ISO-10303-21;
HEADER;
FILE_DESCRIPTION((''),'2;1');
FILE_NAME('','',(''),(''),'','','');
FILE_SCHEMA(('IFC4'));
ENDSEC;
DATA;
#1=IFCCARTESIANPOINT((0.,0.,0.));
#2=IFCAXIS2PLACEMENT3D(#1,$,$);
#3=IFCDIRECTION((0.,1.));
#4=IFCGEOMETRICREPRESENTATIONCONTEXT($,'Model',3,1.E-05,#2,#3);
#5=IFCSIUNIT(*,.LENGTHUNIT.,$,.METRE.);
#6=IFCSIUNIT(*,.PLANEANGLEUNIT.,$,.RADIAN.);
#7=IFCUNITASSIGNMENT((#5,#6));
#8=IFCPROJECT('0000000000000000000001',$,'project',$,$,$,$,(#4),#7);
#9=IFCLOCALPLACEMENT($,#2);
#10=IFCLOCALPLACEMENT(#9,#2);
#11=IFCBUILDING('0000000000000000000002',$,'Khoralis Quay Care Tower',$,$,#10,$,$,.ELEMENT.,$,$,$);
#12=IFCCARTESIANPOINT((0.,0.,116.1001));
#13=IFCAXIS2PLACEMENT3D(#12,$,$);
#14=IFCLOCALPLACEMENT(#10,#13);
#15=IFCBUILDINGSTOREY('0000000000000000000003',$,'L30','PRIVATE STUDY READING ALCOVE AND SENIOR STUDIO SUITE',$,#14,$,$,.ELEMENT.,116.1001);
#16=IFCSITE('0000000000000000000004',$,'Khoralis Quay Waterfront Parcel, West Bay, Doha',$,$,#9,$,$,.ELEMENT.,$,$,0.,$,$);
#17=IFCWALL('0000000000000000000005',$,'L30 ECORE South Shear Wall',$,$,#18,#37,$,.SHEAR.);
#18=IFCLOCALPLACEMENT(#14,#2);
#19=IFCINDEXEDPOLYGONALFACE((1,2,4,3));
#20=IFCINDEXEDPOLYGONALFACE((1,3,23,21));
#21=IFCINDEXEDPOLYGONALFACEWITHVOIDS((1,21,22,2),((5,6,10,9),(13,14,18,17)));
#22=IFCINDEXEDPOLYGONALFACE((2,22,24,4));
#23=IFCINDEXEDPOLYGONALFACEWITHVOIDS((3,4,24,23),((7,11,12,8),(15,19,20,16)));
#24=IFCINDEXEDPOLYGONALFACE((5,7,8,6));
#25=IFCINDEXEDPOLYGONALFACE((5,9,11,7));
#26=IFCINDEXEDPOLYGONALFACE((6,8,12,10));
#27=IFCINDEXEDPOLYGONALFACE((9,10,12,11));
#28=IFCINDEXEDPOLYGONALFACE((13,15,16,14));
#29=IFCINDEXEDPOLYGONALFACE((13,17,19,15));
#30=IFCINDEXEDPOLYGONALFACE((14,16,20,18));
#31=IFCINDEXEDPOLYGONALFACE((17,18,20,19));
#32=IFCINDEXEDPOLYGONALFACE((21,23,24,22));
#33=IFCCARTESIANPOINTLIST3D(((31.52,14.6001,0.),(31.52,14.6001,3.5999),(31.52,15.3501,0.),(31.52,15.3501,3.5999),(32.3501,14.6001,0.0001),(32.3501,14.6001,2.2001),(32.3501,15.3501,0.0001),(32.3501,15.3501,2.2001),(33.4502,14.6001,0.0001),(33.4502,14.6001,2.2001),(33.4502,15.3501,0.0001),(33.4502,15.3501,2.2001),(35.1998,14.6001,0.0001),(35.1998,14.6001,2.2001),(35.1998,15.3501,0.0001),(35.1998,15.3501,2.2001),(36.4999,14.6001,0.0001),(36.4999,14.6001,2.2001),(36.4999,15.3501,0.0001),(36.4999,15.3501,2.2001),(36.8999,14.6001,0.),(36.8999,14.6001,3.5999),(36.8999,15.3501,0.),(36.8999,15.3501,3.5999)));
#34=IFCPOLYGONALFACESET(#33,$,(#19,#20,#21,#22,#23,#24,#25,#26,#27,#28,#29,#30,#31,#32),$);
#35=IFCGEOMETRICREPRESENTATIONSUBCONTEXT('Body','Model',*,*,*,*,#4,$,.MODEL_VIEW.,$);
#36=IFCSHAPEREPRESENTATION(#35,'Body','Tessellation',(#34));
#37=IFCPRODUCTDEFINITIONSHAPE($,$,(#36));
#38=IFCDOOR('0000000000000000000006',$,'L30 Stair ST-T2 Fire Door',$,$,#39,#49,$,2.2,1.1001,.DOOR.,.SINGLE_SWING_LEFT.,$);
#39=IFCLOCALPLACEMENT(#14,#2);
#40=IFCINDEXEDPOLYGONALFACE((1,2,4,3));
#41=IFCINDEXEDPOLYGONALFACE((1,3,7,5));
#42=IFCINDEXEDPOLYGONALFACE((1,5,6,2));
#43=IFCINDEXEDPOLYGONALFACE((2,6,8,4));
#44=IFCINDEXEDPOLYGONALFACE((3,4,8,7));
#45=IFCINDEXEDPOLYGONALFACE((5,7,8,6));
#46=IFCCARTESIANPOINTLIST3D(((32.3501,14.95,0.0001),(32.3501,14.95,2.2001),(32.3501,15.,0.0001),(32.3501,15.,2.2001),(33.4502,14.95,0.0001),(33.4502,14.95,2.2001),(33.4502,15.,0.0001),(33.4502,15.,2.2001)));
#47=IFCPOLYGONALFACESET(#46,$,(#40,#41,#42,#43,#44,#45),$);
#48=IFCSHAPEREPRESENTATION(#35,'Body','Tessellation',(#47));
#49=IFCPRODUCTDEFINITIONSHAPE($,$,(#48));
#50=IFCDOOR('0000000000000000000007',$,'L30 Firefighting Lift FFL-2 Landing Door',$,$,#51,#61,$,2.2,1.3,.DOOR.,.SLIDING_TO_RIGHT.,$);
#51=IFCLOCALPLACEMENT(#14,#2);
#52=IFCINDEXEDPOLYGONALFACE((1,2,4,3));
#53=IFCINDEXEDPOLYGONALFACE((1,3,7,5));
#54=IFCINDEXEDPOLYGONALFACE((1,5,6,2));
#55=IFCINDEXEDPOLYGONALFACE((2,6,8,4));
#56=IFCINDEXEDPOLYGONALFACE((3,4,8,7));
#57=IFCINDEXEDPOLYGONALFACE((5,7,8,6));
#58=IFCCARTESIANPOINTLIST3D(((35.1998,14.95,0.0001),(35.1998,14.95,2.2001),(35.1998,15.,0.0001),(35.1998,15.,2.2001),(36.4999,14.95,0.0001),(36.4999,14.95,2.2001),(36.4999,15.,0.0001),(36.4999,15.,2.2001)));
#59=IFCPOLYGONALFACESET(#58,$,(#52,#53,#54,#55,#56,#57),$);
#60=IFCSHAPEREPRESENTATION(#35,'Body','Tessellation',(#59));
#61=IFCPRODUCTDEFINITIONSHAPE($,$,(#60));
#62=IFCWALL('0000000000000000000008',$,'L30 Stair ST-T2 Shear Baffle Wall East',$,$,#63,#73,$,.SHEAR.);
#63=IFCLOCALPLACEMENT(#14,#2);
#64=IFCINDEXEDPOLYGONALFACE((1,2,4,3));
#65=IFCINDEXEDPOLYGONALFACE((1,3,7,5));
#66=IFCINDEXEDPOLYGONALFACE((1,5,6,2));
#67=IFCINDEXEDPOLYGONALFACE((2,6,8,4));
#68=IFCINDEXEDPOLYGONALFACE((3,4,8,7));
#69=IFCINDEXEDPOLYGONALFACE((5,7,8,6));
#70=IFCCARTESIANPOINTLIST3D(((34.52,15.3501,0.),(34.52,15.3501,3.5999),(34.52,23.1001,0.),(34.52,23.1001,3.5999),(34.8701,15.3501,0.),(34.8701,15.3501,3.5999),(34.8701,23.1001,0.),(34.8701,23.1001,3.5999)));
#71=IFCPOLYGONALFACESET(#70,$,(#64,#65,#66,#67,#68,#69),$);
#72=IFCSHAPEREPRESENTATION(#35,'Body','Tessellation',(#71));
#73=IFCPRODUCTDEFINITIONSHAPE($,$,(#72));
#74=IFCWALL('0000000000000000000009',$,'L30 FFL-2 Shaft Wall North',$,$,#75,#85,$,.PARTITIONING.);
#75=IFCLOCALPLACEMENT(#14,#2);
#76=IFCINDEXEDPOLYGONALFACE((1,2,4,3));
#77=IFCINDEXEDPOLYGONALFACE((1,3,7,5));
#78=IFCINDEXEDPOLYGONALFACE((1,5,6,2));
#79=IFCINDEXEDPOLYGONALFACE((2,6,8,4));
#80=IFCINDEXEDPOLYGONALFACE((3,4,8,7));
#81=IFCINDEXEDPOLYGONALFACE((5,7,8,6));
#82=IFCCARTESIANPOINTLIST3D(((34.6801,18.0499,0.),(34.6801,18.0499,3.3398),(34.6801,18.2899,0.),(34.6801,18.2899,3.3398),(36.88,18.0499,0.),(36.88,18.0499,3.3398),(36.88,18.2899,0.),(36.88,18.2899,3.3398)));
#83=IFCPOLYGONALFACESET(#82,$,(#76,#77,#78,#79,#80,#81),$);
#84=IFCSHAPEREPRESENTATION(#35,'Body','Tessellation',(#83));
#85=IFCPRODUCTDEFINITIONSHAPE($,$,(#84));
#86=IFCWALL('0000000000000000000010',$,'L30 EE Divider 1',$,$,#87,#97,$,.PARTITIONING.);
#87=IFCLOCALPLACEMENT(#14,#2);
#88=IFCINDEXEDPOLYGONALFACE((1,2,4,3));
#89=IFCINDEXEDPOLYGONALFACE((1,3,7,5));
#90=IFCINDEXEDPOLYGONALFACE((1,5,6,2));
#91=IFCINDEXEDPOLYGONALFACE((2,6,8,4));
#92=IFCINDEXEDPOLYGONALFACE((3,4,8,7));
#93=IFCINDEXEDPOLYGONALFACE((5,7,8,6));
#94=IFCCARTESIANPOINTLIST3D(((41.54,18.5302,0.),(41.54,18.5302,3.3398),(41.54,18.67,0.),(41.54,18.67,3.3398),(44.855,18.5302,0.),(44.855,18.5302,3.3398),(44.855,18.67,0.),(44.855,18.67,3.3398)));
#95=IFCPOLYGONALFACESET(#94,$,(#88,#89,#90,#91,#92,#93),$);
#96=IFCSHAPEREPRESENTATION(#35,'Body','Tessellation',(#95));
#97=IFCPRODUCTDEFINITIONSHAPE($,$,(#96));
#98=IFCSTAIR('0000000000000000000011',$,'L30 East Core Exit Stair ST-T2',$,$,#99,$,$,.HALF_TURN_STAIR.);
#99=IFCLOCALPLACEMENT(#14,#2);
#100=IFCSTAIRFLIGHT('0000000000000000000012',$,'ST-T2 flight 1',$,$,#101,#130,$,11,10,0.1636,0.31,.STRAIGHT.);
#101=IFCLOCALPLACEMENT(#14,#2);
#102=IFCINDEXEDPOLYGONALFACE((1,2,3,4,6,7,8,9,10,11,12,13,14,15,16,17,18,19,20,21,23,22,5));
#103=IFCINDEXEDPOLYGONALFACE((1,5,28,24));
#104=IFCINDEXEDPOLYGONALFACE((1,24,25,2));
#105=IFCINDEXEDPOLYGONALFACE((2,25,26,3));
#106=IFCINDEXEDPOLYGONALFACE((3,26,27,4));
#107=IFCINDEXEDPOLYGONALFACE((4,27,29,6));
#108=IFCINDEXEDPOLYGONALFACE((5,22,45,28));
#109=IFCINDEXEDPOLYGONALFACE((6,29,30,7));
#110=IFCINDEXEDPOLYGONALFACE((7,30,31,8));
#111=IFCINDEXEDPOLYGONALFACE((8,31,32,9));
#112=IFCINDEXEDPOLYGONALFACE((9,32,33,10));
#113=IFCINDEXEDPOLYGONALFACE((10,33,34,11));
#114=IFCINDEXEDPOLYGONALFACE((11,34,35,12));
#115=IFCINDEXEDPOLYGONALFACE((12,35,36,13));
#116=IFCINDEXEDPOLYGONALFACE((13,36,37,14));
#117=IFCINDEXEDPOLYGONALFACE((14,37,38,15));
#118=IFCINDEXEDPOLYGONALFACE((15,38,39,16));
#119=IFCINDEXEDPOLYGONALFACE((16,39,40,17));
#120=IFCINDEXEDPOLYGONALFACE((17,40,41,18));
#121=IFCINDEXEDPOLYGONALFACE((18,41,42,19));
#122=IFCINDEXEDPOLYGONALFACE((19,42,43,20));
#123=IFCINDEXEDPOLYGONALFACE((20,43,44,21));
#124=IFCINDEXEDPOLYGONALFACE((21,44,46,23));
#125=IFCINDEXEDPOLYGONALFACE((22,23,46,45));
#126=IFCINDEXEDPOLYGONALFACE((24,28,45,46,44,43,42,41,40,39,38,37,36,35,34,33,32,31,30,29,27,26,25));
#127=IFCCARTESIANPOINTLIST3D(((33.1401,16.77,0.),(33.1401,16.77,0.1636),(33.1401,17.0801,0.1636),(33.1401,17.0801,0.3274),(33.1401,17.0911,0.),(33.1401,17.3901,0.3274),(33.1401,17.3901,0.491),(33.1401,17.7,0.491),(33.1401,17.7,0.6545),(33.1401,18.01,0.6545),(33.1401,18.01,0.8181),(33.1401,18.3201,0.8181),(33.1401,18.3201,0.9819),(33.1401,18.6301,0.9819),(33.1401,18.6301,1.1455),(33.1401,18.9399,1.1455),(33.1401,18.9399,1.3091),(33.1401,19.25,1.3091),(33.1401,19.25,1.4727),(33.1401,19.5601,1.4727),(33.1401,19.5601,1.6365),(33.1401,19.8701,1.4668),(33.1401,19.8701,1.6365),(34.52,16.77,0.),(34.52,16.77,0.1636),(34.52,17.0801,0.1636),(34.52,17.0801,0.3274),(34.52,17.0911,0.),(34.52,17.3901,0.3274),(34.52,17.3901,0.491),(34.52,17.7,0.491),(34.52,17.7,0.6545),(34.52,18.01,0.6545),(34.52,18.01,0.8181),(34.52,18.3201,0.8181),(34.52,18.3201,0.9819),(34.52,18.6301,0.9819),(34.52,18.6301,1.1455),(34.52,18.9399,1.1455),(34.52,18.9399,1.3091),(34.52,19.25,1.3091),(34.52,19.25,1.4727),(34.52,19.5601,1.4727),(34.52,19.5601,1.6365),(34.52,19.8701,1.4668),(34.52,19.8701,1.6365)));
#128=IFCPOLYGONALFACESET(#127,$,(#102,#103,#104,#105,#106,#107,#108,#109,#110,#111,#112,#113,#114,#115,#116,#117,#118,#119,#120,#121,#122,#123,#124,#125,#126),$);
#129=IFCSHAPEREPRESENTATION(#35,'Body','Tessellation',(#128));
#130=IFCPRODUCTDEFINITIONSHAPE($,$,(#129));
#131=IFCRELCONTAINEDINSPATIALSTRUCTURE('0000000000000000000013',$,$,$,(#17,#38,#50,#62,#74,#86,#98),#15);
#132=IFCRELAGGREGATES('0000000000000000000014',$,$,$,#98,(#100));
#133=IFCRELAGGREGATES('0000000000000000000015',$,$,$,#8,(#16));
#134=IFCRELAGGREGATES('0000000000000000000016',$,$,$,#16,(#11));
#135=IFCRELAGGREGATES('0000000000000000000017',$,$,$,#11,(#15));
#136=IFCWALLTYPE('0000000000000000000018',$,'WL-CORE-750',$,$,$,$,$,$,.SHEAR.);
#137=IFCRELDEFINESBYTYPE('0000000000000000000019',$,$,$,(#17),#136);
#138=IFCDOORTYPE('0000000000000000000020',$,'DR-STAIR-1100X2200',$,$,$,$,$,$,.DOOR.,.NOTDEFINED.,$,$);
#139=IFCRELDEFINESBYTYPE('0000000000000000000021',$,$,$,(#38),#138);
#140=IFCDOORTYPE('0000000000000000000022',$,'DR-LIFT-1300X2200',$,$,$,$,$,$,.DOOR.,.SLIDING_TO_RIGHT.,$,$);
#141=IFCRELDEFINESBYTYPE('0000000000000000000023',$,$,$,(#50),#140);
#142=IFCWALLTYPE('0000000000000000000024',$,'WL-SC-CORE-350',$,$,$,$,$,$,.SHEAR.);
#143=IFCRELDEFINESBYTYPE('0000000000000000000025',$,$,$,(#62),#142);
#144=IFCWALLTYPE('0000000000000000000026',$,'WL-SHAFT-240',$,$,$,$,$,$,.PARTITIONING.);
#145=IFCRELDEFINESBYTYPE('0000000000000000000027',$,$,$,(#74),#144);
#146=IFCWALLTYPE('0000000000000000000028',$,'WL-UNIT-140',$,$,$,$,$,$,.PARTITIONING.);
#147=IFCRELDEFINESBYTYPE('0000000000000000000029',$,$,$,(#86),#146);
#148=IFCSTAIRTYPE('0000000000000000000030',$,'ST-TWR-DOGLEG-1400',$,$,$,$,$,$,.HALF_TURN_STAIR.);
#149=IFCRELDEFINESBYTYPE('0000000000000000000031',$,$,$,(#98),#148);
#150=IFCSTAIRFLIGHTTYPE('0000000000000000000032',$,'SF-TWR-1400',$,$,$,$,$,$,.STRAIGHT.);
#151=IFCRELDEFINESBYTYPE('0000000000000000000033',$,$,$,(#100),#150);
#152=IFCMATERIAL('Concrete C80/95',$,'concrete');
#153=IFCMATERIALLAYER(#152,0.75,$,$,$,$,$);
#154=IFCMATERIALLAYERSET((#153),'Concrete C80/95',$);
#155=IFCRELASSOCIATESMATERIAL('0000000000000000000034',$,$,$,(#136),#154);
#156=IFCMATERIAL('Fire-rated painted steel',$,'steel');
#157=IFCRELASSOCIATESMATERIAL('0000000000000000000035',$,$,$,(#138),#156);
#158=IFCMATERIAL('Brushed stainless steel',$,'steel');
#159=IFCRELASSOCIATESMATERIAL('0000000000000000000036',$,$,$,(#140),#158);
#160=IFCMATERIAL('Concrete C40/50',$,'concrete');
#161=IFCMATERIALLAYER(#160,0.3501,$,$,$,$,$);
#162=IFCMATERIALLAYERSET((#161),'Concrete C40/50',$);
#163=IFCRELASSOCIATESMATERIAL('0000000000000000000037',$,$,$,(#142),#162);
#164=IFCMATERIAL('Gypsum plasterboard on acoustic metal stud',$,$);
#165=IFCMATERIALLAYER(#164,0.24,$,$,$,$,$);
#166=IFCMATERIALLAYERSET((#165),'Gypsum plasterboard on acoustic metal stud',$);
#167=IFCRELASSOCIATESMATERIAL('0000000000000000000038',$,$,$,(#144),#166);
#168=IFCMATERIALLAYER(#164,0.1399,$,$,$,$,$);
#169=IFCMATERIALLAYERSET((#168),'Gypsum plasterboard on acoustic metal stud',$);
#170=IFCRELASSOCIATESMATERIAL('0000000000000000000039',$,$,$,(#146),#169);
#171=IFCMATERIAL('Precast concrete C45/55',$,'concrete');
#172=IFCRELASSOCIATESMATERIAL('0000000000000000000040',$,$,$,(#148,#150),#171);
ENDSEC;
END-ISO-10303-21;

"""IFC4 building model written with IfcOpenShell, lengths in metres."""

from ifc_helpers import new_model, si_unit, direction, frame, frame_2d, origin, place, context, subcontext, project, spatial, polyline, rectangle, outline, extrude, source, transform, mapped, material, layer, layer_set, type_object, element, fill, aggregate, save


model = new_model("IFC4")

# Units and contexts
model_context = context("Model", 3, precision=1e-05, world=origin(), true_north=direction((0.0, 1.0)))
body_context = subcontext(model_context, "Body", "Model", "MODEL_VIEW")
ifc_project = project(units=[si_unit("LENGTHUNIT", "METRE"), si_unit("PLANEANGLEUNIT", "RADIAN")], contexts=[model_context])

# Site, building, storey
site_placement = place(None, origin())
site = spatial("IfcSite", under=ifc_project, at=site_placement, Name="Khoralis Quay Waterfront Parcel, West Bay, Doha", CompositionType="ELEMENT", RefElevation=0.0)
building_placement = place(site_placement, origin())
building = spatial("IfcBuilding", under=site, at=building_placement, Name="Khoralis Quay Care Tower", CompositionType="ELEMENT")
storey_placement = place(building_placement, frame((0.0, 0.0, 116.1001)))
storey = spatial("IfcBuildingStorey", under=building, at=storey_placement, Name="L30", Description="PRIVATE STUDY READING ALCOVE AND SENIOR STUDIO SUITE", CompositionType="ELEMENT", Elevation=116.1001)

# Shared definitions
ifc_material_1 = material(Name="Gypsum plasterboard on acoustic metal stud")
ifc_material_2 = material(Name="Concrete C80/95", Category="concrete")
ifc_layer_1 = layer(ifc_material_2, 0.75)
ifc_layer_set_1 = layer_set([ifc_layer_1], Name="Concrete C80/95")
wall_type_1 = type_object("IfcWallType", Name="WL-CORE-750", PredefinedType="SHEAR", material=ifc_layer_set_1)

# Shared definitions
ifc_material_3 = material(Name="Fire-rated painted steel", Category="steel")
door_type_1 = type_object("IfcDoorType", Name="DR-STAIR-1100X2200", OperationType="NOTDEFINED", PredefinedType="DOOR", material=ifc_material_3)
shared_shape_1 = source(origin(), body_context, "Body", "SweptSolid", [
    extrude(rectangle(XDim=1.1001, YDim=2.2, at=frame_2d((0.55, 1.1001))), frame((0.0, 0.0249, 0.0), z_axis=(0.0, -1.0, 0.0), x_axis=(1.0, 0.0, 0.0)), (0.0, 0.0, 1.0), 0.05),
])

# Wall, openings, doors
wall_1_placement = place(storey_placement, frame((31.52, 14.9751, 0.0), z_axis=(0.0, 0.0, 1.0), x_axis=(1.0, 0.0, 0.0)))
wall_1 = element("IfcWall", 1, at=wall_1_placement, inside=storey, type_object=wall_type_1, Name="L30 ECORE South Shear Wall", PredefinedType="SHEAR", context=body_context, shape_type="SweptSolid", body=[
    extrude(rectangle(XDim=5.3799, YDim=0.75, at=frame_2d((2.6899, 0.0))), origin(), (0.0, 0.0, 1.0), 3.5999),
])
opening_1_placement = place(wall_1_placement, frame((0.8301, 0.0, 0.0)))
opening_1 = element("IfcOpeningElement", 2, at=opening_1_placement, cuts=wall_1, PredefinedType="OPENING", context=body_context, shape_type="SweptSolid", body=[
    extrude(rectangle(XDim=1.1001, YDim=2.2, at=frame_2d((0.55, 1.1001))), frame((0.0, 0.385, 0.0), z_axis=(0.0, -1.0, 0.0), x_axis=(1.0, 0.0, 0.0)), (0.0, 0.0, 1.0), 0.77),
])
opening_2_placement = place(wall_1_placement, frame((3.6799, 0.0, 0.0)))
opening_2 = element("IfcOpeningElement", 3, at=opening_2_placement, cuts=wall_1, PredefinedType="OPENING", context=body_context, shape_type="SweptSolid", body=[
    extrude(rectangle(XDim=1.3, YDim=2.2, at=frame_2d((0.6499, 1.1001))), frame((0.0, 0.385, 0.0), z_axis=(0.0, -1.0, 0.0), x_axis=(1.0, 0.0, 0.0)), (0.0, 0.0, 1.0), 0.77),
])
door_1_placement = place(opening_1_placement, origin())
door_1 = element("IfcDoor", 4, at=door_1_placement, inside=storey, type_object=door_type_1, Name="L30 Stair ST-T2 Fire Door", OperationType="SINGLE_SWING_LEFT", OverallHeight=2.2, OverallWidth=1.1001, PredefinedType="DOOR", context=body_context, shape_type="MappedRepresentation", body=[
    mapped(shared_shape_1, transform((0.0, 0.0, 0.0), scale=1.0)),
])
fill(opening_1, door_1)
ifc_material_4 = material(Name="Brushed stainless steel", Category="steel")
door_type_2 = type_object("IfcDoorType", Name="DR-LIFT-1300X2200", OperationType="SLIDING_TO_RIGHT", PredefinedType="DOOR", material=ifc_material_4)
shared_shape_2 = source(origin(), body_context, "Body", "SweptSolid", [
    extrude(rectangle(XDim=1.3, YDim=2.2, at=frame_2d((0.6499, 1.1001))), frame((0.0, 0.0249, 0.0), z_axis=(0.0, -1.0, 0.0), x_axis=(1.0, 0.0, 0.0)), (0.0, 0.0, 1.0), 0.05),
])
door_2_placement = place(opening_2_placement, origin())
door_2 = element("IfcDoor", 5, at=door_2_placement, inside=storey, type_object=door_type_2, Name="L30 Firefighting Lift FFL-2 Landing Door", OperationType="SLIDING_TO_RIGHT", OverallHeight=2.2, OverallWidth=1.3, PredefinedType="DOOR", context=body_context, shape_type="MappedRepresentation", body=[
    mapped(shared_shape_2, transform((0.0, 0.0, 0.0), scale=1.0)),
])
fill(opening_2, door_2)

# Walls
ifc_material_5 = material(Name="Concrete C40/50", Category="concrete")
ifc_layer_2 = layer(ifc_material_5, 0.3501)
ifc_layer_set_2 = layer_set([ifc_layer_2], Name="Concrete C40/50")
wall_type_2 = type_object("IfcWallType", Name="WL-SC-CORE-350", PredefinedType="SHEAR", material=ifc_layer_set_2)
wall_2_placement = place(storey_placement, frame((34.6951, 15.3501, 0.0), z_axis=(0.0, 0.0, 1.0), x_axis=(0.0, 1.0, 0.0)))
element("IfcWall", 6, at=wall_2_placement, inside=storey, type_object=wall_type_2, Name="L30 Stair ST-T2 Shear Baffle Wall East", PredefinedType="SHEAR", context=body_context, shape_type="SweptSolid", body=[
    extrude(rectangle(XDim=7.75, YDim=0.3501, at=frame_2d((3.875, 0.0))), origin(), (0.0, 0.0, 1.0), 3.5999),
])
ifc_layer_3 = layer(ifc_material_1, 0.24)
ifc_layer_set_3 = layer_set([ifc_layer_3], Name="Gypsum plasterboard on acoustic metal stud")
wall_type_3 = type_object("IfcWallType", Name="WL-SHAFT-240", PredefinedType="PARTITIONING", material=ifc_layer_set_3)
wall_3_placement = place(storey_placement, frame((34.6799, 18.1699, 0.0), z_axis=(0.0, 0.0, 1.0), x_axis=(1.0, 0.0, 0.0)))
element("IfcWall", 7, at=wall_3_placement, inside=storey, type_object=wall_type_3, Name="L30 FFL-2 Shaft Wall North", PredefinedType="PARTITIONING", context=body_context, shape_type="SweptSolid", body=[
    extrude(rectangle(XDim=2.2, YDim=0.24, at=frame_2d((1.1001, 0.0))), origin(), (0.0, 0.0, 1.0), 3.3398),
])
ifc_layer_4 = layer(ifc_material_1, 0.1399)
ifc_layer_set_4 = layer_set([ifc_layer_4], Name="Gypsum plasterboard on acoustic metal stud")
wall_type_4 = type_object("IfcWallType", Name="WL-UNIT-140", PredefinedType="PARTITIONING", material=ifc_layer_set_4)
wall_4_placement = place(storey_placement, frame((41.54, 18.6001, 0.0), z_axis=(0.0, 0.0, 1.0), x_axis=(1.0, 0.0, 0.0)))
element("IfcWall", 8, at=wall_4_placement, inside=storey, type_object=wall_type_4, Name="L30 EE Divider 1", PredefinedType="PARTITIONING", context=body_context, shape_type="SweptSolid", body=[
    extrude(rectangle(XDim=3.3149, YDim=0.1399, at=frame_2d((1.6575, 0.0))), origin(), (0.0, 0.0, 1.0), 3.3398),
])

# Stair, stair flight
ifc_material_6 = material(Name="Precast concrete C45/55", Category="concrete")
stair_type = type_object("IfcStairType", Name="ST-TWR-DOGLEG-1400", PredefinedType="HALF_TURN_STAIR", material=ifc_material_6)
stair_placement = place(storey_placement, origin())
stair = element("IfcStair", 9, at=stair_placement, inside=storey, type_object=stair_type, Name="L30 East Core Exit Stair ST-T2", PredefinedType="HALF_TURN_STAIR")
stair_flight_type = type_object("IfcStairFlightType", Name="SF-TWR-1400", PredefinedType="STRAIGHT", material=ifc_material_6)
shared_shape_3 = source(origin(), body_context, "Body", "SweptSolid", [
    extrude(outline(polyline([(0.0, 0.0), (0.0, 0.1636), (0.3101, 0.1636), (0.3101, 0.3274), (0.6201, 0.3274), (0.6201, 0.491), (0.9299, 0.491), (0.9299, 0.6545), (1.24, 0.6545), (1.24, 0.8181), (1.55, 0.8181), (1.55, 0.9819), (1.8601, 0.9819), (1.8601, 1.1455), (2.1699, 1.1455), (2.1699, 1.3091), (2.48, 1.3091), (2.48, 1.4727), (2.79, 1.4727), (2.79, 1.6365), (3.1001, 1.6365), (3.1001, 1.8), (3.1001, 1.4668), (0.321, 0.0), (0.0, 0.0)])), frame((0.0, 0.6899, 0.0), z_axis=(0.0, -1.0, 0.0), x_axis=(1.0, 0.0, 0.0)), (0.0, 0.0, 1.0), 1.3799),
])
stair_flight_placement = place(storey_placement, frame((33.8301, 16.77, 0.0), z_axis=(0.0, 0.0, 1.0), x_axis=(0.0, 1.0, 0.0)))
stair_flight = element("IfcStairFlight", 10, at=stair_flight_placement, type_object=stair_flight_type, Name="ST-T2 flight 1", NumberOfRisers=11, NumberOfTreads=10, PredefinedType="STRAIGHT", RiserHeight=0.1636, TreadLength=0.31, context=body_context, shape_type="MappedRepresentation", body=[
    mapped(shared_shape_3, transform((0.0, 0.0, 0.0), scale=1.0)),
])
aggregate(stair, [stair_flight])

save(model, "model.ifc")
